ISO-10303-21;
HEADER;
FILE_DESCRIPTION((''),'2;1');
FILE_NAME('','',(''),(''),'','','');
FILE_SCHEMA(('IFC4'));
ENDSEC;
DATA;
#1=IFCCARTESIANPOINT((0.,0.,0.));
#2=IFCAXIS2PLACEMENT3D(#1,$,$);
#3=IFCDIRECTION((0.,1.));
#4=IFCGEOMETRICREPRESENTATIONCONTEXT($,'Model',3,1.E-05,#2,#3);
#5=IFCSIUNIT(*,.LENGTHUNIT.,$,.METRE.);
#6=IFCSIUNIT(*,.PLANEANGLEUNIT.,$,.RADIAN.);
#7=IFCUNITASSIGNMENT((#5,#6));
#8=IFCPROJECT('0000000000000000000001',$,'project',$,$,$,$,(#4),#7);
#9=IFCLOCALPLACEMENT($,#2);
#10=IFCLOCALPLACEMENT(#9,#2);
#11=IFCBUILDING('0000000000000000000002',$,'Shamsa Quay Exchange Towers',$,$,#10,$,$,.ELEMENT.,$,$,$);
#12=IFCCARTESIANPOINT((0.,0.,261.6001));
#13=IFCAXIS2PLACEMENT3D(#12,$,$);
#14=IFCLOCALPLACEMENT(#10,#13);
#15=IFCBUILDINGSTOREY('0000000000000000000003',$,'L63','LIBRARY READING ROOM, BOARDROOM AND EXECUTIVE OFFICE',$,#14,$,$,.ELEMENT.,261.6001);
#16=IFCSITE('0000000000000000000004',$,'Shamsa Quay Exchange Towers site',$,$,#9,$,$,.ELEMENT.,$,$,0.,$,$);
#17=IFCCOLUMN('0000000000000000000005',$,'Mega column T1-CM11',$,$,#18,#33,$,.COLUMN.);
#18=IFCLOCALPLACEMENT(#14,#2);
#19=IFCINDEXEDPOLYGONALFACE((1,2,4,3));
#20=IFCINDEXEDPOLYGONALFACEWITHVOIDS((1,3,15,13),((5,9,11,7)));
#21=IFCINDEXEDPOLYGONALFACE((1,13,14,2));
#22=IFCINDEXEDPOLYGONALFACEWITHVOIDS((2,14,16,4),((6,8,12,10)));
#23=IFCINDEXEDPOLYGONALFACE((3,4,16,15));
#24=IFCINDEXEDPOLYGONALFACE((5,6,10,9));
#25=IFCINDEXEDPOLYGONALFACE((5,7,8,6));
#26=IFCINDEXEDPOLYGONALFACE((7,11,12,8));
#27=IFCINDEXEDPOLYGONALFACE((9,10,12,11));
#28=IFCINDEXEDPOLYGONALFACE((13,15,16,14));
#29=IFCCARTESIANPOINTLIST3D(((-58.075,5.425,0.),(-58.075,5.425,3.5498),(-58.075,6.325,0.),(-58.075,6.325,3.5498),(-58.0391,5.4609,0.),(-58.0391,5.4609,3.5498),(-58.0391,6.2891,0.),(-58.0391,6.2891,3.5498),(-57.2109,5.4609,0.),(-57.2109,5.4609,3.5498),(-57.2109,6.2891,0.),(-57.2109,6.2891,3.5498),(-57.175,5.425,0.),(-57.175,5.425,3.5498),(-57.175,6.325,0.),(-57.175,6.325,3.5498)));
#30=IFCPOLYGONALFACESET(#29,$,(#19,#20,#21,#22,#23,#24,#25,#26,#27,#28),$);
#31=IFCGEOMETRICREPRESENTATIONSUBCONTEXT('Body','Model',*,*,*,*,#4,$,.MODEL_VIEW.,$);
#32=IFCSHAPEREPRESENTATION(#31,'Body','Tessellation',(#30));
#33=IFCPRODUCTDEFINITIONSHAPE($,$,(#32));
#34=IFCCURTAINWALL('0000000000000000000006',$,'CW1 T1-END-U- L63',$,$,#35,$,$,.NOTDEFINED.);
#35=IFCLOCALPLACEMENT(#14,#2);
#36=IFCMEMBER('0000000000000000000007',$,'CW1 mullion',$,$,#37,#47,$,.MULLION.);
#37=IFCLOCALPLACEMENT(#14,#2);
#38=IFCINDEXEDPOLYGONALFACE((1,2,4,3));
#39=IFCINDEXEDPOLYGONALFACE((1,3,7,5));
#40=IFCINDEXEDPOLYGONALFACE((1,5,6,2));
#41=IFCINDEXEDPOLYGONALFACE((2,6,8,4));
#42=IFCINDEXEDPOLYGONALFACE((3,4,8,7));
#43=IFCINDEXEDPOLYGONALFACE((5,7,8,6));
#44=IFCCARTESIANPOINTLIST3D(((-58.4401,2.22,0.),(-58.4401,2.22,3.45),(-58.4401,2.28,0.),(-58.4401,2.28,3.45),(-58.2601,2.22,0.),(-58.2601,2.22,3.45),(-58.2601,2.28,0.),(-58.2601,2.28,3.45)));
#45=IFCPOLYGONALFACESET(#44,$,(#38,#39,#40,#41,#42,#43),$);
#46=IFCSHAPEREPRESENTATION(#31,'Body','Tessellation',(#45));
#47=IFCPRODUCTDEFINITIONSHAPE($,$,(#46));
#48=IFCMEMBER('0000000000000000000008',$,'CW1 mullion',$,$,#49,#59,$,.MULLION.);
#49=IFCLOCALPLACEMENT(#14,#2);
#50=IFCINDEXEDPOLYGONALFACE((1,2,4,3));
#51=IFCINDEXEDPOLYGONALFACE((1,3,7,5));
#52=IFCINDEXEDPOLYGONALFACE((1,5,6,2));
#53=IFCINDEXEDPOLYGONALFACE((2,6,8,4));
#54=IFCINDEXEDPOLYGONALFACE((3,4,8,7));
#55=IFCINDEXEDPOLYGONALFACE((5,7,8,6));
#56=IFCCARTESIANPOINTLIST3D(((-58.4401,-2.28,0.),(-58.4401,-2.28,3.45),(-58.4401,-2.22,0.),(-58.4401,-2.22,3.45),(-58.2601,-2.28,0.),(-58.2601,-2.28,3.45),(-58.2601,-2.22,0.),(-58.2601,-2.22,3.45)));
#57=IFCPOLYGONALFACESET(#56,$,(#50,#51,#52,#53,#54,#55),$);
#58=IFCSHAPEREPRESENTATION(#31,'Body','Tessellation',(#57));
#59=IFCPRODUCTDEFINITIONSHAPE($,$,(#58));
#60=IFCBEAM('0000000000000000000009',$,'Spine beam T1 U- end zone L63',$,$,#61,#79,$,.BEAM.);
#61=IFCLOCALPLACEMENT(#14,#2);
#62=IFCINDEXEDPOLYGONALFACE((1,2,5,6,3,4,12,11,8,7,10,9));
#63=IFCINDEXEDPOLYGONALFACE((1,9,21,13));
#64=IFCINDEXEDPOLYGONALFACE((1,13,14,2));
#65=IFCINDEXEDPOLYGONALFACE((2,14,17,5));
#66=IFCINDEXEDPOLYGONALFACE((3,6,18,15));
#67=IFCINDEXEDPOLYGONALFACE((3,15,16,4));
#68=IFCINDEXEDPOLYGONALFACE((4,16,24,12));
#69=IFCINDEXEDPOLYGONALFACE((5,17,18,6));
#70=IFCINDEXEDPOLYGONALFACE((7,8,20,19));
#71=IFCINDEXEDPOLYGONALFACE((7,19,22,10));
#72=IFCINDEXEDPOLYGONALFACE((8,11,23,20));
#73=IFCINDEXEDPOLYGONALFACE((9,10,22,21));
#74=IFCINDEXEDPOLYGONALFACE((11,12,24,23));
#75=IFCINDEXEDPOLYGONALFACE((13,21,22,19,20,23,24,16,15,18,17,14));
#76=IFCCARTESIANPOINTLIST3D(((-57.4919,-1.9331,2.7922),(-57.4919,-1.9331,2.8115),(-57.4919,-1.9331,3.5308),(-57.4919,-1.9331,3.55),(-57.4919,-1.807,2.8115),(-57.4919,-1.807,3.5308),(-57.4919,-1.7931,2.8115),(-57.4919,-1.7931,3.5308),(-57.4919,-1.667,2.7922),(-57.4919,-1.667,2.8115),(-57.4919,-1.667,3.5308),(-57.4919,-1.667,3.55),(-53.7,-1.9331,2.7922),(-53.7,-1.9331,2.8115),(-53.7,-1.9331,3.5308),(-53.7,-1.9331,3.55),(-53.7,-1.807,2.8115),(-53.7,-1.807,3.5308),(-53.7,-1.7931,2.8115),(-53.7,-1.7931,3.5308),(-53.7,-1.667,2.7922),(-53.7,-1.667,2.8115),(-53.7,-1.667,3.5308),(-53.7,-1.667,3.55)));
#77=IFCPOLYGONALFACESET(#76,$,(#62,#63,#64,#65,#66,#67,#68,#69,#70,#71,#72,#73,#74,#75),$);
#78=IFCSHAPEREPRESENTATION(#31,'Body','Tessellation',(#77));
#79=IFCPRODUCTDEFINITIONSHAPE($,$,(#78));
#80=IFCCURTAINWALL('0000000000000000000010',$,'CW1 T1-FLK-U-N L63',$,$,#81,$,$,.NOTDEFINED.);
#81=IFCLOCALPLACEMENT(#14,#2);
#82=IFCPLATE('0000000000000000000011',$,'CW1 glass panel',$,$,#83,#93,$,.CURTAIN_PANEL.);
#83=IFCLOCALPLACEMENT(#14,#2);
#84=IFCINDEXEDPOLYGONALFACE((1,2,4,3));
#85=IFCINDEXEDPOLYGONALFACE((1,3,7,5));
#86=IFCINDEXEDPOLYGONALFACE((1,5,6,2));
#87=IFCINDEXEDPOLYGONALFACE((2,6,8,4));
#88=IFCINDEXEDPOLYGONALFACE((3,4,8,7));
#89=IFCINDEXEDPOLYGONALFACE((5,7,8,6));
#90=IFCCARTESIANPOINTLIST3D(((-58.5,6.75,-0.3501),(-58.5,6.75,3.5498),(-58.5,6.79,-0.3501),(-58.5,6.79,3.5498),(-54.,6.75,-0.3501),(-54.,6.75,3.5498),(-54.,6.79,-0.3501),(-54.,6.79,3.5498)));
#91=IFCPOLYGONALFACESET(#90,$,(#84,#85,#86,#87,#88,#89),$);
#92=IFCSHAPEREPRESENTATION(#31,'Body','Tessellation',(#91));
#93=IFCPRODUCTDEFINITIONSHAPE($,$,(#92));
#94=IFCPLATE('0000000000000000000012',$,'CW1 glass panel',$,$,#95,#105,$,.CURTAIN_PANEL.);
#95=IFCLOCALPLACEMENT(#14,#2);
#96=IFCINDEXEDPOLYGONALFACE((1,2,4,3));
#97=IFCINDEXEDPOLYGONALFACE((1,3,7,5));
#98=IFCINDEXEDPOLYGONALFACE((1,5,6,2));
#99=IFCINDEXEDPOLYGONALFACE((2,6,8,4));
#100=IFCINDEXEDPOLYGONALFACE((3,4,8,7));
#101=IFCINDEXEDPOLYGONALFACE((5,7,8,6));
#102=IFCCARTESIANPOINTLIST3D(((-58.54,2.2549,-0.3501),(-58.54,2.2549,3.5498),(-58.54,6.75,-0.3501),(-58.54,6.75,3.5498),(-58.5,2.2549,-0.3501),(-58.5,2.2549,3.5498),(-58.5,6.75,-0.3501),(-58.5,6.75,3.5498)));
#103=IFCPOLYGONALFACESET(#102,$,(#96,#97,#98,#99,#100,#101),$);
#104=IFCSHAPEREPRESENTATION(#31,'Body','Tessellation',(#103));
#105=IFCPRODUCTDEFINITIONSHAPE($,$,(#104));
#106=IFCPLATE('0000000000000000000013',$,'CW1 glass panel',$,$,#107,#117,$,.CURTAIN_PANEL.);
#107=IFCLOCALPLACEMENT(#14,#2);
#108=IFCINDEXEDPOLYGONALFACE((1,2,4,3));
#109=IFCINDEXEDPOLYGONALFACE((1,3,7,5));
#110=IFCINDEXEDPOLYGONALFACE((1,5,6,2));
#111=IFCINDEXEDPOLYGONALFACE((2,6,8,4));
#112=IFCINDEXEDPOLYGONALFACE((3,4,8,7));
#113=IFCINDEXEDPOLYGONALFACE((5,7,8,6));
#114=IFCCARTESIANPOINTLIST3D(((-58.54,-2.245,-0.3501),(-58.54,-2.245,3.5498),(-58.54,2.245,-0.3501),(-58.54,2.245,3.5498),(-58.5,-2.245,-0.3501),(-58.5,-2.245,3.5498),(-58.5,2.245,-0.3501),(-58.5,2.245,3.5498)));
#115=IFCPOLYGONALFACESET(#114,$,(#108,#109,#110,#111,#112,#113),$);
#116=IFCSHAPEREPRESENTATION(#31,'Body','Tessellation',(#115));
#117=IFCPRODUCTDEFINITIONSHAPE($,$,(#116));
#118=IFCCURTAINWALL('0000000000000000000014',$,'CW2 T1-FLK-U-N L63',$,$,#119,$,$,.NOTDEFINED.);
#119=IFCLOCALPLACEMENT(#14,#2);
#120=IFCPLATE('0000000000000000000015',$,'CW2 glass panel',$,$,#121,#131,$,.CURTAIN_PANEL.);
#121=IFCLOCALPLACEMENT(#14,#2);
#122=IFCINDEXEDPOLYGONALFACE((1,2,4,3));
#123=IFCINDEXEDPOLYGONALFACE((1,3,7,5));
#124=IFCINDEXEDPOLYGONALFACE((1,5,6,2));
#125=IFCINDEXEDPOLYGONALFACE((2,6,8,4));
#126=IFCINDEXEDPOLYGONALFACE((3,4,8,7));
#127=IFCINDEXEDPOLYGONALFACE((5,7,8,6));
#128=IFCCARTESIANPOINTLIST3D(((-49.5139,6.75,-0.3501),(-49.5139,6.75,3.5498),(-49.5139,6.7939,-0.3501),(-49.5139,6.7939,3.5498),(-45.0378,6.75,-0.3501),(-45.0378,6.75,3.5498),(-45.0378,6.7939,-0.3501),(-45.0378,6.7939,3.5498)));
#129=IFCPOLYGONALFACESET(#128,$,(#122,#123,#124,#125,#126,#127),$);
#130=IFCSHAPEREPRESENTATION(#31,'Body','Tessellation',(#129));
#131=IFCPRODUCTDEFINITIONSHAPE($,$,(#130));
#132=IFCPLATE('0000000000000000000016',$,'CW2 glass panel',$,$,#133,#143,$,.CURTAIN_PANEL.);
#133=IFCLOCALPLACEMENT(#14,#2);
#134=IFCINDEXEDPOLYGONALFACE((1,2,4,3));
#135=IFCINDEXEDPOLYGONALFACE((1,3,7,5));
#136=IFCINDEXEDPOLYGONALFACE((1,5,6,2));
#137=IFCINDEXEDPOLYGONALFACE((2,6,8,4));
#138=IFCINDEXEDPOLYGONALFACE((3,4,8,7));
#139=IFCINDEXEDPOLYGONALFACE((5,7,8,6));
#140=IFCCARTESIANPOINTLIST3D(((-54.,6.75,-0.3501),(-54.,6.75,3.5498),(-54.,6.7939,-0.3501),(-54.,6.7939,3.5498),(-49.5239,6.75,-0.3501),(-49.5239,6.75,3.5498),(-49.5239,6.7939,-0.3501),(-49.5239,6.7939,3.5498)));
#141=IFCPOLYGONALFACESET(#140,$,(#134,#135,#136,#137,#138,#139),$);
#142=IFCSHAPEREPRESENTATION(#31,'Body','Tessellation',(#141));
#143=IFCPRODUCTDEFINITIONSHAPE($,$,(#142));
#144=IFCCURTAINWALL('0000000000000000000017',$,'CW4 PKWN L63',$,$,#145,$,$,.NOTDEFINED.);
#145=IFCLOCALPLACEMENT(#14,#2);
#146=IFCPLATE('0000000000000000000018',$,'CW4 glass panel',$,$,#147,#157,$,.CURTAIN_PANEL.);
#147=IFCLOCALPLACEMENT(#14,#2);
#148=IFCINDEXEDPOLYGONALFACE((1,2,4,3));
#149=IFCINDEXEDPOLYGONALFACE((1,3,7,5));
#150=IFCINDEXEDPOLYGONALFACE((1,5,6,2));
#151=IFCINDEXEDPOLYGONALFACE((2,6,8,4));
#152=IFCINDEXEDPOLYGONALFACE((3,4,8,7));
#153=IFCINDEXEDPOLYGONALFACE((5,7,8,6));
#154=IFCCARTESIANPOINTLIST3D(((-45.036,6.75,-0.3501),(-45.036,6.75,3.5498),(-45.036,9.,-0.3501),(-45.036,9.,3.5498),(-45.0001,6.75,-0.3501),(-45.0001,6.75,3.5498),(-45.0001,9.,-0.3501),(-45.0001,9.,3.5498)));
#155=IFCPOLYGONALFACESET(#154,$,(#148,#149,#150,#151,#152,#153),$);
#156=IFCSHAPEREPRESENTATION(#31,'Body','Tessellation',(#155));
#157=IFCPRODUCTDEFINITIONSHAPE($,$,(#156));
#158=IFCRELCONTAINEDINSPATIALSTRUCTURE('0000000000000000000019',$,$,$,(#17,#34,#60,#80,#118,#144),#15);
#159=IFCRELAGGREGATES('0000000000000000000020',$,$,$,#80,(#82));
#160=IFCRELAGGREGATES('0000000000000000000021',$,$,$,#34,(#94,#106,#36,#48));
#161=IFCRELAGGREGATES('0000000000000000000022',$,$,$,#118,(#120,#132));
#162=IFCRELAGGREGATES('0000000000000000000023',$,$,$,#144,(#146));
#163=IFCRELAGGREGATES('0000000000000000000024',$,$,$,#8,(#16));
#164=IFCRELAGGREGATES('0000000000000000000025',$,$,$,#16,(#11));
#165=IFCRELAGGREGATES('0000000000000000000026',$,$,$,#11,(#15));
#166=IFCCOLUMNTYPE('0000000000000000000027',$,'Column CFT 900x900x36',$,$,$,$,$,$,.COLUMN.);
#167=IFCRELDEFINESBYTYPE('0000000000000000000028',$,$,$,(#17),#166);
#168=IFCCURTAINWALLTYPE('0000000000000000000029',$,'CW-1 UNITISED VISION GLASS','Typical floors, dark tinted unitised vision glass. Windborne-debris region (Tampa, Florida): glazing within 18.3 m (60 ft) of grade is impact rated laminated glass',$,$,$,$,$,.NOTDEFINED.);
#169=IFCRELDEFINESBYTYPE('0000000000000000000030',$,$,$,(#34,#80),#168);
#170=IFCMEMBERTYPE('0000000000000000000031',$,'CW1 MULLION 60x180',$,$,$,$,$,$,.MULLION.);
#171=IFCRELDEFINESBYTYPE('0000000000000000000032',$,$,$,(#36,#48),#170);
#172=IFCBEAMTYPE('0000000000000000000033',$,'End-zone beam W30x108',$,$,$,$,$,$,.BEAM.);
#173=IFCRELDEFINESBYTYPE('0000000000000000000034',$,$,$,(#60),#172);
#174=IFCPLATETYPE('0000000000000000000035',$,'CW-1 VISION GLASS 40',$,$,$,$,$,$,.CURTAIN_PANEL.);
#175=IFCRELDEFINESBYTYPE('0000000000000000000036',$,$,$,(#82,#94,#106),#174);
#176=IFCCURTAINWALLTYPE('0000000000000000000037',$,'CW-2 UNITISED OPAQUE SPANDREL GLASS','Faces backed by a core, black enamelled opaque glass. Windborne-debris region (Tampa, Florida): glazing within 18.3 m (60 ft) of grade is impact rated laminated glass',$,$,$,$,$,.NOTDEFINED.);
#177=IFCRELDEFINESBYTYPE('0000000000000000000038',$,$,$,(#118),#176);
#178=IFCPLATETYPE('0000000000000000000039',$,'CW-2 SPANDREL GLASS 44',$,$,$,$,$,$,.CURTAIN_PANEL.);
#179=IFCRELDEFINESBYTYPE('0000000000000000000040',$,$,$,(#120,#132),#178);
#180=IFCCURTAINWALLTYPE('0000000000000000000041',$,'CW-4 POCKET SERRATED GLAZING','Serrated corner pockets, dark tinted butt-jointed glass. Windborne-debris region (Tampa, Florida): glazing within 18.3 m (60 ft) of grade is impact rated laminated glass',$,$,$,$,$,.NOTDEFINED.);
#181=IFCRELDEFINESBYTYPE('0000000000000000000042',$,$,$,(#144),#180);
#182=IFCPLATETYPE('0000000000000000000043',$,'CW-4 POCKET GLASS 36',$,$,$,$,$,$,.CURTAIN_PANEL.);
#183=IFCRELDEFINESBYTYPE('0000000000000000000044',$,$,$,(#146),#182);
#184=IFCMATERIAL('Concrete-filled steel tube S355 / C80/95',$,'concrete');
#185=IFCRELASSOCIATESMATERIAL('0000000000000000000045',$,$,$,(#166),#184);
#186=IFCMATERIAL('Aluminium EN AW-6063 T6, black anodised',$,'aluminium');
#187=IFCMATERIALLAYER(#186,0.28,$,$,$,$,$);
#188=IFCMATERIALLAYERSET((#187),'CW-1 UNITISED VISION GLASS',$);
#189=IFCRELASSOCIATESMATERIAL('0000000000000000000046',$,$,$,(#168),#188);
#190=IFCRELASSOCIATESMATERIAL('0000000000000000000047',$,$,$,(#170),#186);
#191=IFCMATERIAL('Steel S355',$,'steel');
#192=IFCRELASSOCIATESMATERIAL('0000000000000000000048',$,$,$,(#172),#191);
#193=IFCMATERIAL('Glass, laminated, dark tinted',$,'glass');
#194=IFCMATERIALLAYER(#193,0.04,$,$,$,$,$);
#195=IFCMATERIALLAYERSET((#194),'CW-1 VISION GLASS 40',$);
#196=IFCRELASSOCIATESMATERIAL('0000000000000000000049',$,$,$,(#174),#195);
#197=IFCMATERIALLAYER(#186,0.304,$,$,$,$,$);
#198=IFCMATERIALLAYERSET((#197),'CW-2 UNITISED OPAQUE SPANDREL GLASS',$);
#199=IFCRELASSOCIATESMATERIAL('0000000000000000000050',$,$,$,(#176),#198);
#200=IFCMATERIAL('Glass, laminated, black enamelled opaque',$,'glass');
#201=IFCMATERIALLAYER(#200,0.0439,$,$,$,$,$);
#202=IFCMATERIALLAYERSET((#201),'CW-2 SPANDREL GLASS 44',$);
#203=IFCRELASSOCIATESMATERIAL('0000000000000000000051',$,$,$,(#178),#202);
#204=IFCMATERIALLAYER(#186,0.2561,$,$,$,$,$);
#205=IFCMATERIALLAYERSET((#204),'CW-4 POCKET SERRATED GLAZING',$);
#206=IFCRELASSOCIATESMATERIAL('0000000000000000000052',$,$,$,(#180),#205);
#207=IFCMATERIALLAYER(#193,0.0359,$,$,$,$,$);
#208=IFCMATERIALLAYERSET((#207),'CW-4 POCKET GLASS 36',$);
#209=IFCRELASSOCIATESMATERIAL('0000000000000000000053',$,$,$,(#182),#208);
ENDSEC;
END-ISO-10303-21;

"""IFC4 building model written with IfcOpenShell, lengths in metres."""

from ifc_helpers import new_model, si_unit, direction, frame, origin, origin_2d, place, context, subcontext, project, spatial, rectangle, hollow_rectangle, i_section, extrude, material, layer, layer_set, material_profile, profile_set, type_object, element, aggregate, save


model = new_model("IFC4")

# Units and contexts
model_context = context("Model", 3, precision=1e-05, world=origin(), true_north=direction((0.0, 1.0)))
body_context = subcontext(model_context, "Body", "Model", "MODEL_VIEW")
ifc_project = project(units=[si_unit("LENGTHUNIT", "METRE"), si_unit("PLANEANGLEUNIT", "RADIAN")], contexts=[model_context])

# Site, building, storey
site_placement = place(None, origin())
site = spatial("IfcSite", under=ifc_project, at=site_placement, Name="Shamsa Quay Exchange Towers site", CompositionType="ELEMENT", RefElevation=0.0)
building_placement = place(site_placement, origin())
building = spatial("IfcBuilding", under=site, at=building_placement, Name="Shamsa Quay Exchange Towers", CompositionType="ELEMENT")
storey_placement = place(building_placement, frame((0.0, 0.0, 261.6001)))
storey = spatial("IfcBuildingStorey", under=building, at=storey_placement, Name="L63", Description="LIBRARY READING ROOM, BOARDROOM AND EXECUTIVE OFFICE", CompositionType="ELEMENT", Elevation=261.6001)

# Column
ifc_material_1 = material(Name="Concrete-filled steel tube S355 / C80/95", Category="concrete")
ifc_material_profile_1 = material_profile(ifc_material_1, hollow_rectangle(XDim=0.8999, YDim=0.8999, WallThickness=0.0359, at=origin_2d()), Name="CFT 900x900x36")
ifc_profile_set_1 = profile_set([ifc_material_profile_1], Name="Concrete-filled steel tube S355 / C80/95")
column_type = type_object("IfcColumnType", Name="Column CFT 900x900x36", PredefinedType="COLUMN", material=ifc_profile_set_1)
column_placement = place(storey_placement, frame((-57.625, 5.875, 0.0)))
element("IfcColumn", 1, at=column_placement, inside=storey, type_object=column_type, Name="Mega column T1-CM11", PredefinedType="COLUMN", context=body_context, shape_type="SweptSolid", body=[
    extrude(hollow_rectangle(XDim=0.8999, YDim=0.8999, WallThickness=0.0359, at=origin_2d()), origin(), (0.0, 0.0, 1.0), 3.5498),
])

# Curtain wall, members
ifc_material_2 = material(Name="Aluminium EN AW-6063 T6, black anodised", Category="aluminium")
ifc_layer_1 = layer(ifc_material_2, 0.28)
ifc_layer_set_1 = layer_set([ifc_layer_1], Name="CW-1 UNITISED VISION GLASS")
curtain_wall_type_1 = type_object("IfcCurtainWallType", Name="CW-1 UNITISED VISION GLASS", Description="Typical floors, dark tinted unitised vision glass. Windborne-debris region (Tampa, Florida): glazing within 18.3 m (60 ft) of grade is impact rated laminated glass", PredefinedType="NOTDEFINED", material=ifc_layer_set_1)
curtain_wall_1_placement = place(storey_placement, origin())
curtain_wall_1 = element("IfcCurtainWall", 2, at=curtain_wall_1_placement, inside=storey, type_object=curtain_wall_type_1, Name="CW1 T1-END-U- L63", PredefinedType="NOTDEFINED")
ifc_material_profile_2 = material_profile(ifc_material_2, rectangle(XDim=0.1799, YDim=0.0601, at=origin_2d()), Name="MU60x180")
ifc_profile_set_2 = profile_set([ifc_material_profile_2], Name="Aluminium EN AW-6063 T6, black anodised")
member_type = type_object("IfcMemberType", Name="CW1 MULLION 60x180", PredefinedType="MULLION", material=ifc_profile_set_2)
member_1_placement = place(storey_placement, frame((-58.3501, 2.25, 0.0)))
member_1 = element("IfcMember", 3, at=member_1_placement, type_object=member_type, Name="CW1 mullion", PredefinedType="MULLION", context=body_context, shape_type="SweptSolid", body=[
    extrude(rectangle(XDim=0.1799, YDim=0.0601, at=origin_2d()), origin(), (0.0, 0.0, 1.0), 3.45),
])
member_2_placement = place(storey_placement, frame((-58.3501, -2.25, 0.0)))
member_2 = element("IfcMember", 4, at=member_2_placement, type_object=member_type, Name="CW1 mullion", PredefinedType="MULLION", context=body_context, shape_type="SweptSolid", body=[
    extrude(rectangle(XDim=0.1799, YDim=0.0601, at=origin_2d()), origin(), (0.0, 0.0, 1.0), 3.45),
])

# Beam
ifc_material_3 = material(Name="Steel S355", Category="steel")
ifc_material_profile_3 = material_profile(ifc_material_3, i_section(OverallWidth=0.2661, OverallDepth=0.7578, WebThickness=0.0139, FlangeThickness=0.0193, at=origin_2d()), Name="W30x108")
ifc_profile_set_3 = profile_set([ifc_material_profile_3], Name="Steel S355")
beam_type = type_object("IfcBeamType", Name="End-zone beam W30x108", PredefinedType="BEAM", material=ifc_profile_set_3)
beam_placement = place(storey_placement, frame((-53.7, -1.8, 3.1711), z_axis=(-1.0, 0.0, 0.0), x_axis=(0.0, -1.0, 0.0)))
element("IfcBeam", 5, at=beam_placement, inside=storey, type_object=beam_type, Name="Spine beam T1 U- end zone L63", PredefinedType="BEAM", context=body_context, shape_type="SweptSolid", body=[
    extrude(i_section(OverallWidth=0.2661, OverallDepth=0.7578, WebThickness=0.0139, FlangeThickness=0.0193, at=origin_2d()), origin(), (0.0, 0.0, 1.0), 3.792),
])

# Curtain wall, plate
curtain_wall_2_placement = place(storey_placement, origin())
curtain_wall_2 = element("IfcCurtainWall", 6, at=curtain_wall_2_placement, inside=storey, type_object=curtain_wall_type_1, Name="CW1 T1-FLK-U-N L63", PredefinedType="NOTDEFINED")
ifc_material_4 = material(Name="Glass, laminated, dark tinted", Category="glass")
ifc_layer_2 = layer(ifc_material_4, 0.04)
ifc_layer_set_2 = layer_set([ifc_layer_2], Name="CW-1 VISION GLASS 40")
plate_type_1 = type_object("IfcPlateType", Name="CW-1 VISION GLASS 40", PredefinedType="CURTAIN_PANEL", material=ifc_layer_set_2)
plate_1_placement = place(storey_placement, frame((-56.25, 6.77, -0.3501), z_axis=(0.0, 0.0, 1.0), x_axis=(-1.0, 0.0, 0.0)))
plate_1 = element("IfcPlate", 7, at=plate_1_placement, type_object=plate_type_1, Name="CW1 glass panel", PredefinedType="CURTAIN_PANEL", context=body_context, shape_type="SweptSolid", body=[
    extrude(rectangle(XDim=4.5, YDim=0.04, at=origin_2d()), origin(), (0.0, 0.0, 1.0), 3.8999),
])
aggregate(curtain_wall_2, [plate_1])

# Plates
plate_2_placement = place(storey_placement, frame((-58.52, 4.5024, -0.3501), z_axis=(0.0, 0.0, 1.0), x_axis=(0.0, -1.0, 0.0)))
plate_2 = element("IfcPlate", 8, at=plate_2_placement, type_object=plate_type_1, Name="CW1 glass panel", PredefinedType="CURTAIN_PANEL", context=body_context, shape_type="SweptSolid", body=[
    extrude(rectangle(XDim=4.4951, YDim=0.04, at=origin_2d()), origin(), (0.0, 0.0, 1.0), 3.8999),
])
plate_3_placement = place(storey_placement, frame((-58.52, 0.0, -0.3501), z_axis=(0.0, 0.0, 1.0), x_axis=(0.0, -1.0, 0.0)))
plate_3 = element("IfcPlate", 9, at=plate_3_placement, type_object=plate_type_1, Name="CW1 glass panel", PredefinedType="CURTAIN_PANEL", context=body_context, shape_type="SweptSolid", body=[
    extrude(rectangle(XDim=4.49, YDim=0.04, at=origin_2d()), origin(), (0.0, 0.0, 1.0), 3.8999),
])
aggregate(curtain_wall_1, [plate_2, plate_3, member_1, member_2])

# Curtain wall, plates
ifc_layer_3 = layer(ifc_material_2, 0.304)
ifc_layer_set_3 = layer_set([ifc_layer_3], Name="CW-2 UNITISED OPAQUE SPANDREL GLASS")
curtain_wall_type_2 = type_object("IfcCurtainWallType", Name="CW-2 UNITISED OPAQUE SPANDREL GLASS", Description="Faces backed by a core, black enamelled opaque glass. Windborne-debris region (Tampa, Florida): glazing within 18.3 m (60 ft) of grade is impact rated laminated glass", PredefinedType="NOTDEFINED", material=ifc_layer_set_3)
curtain_wall_3_placement = place(storey_placement, origin())
curtain_wall_3 = element("IfcCurtainWall", 10, at=curtain_wall_3_placement, inside=storey, type_object=curtain_wall_type_2, Name="CW2 T1-FLK-U-N L63", PredefinedType="NOTDEFINED")
ifc_material_5 = material(Name="Glass, laminated, black enamelled opaque", Category="glass")
ifc_layer_4 = layer(ifc_material_5, 0.0439)
ifc_layer_set_4 = layer_set([ifc_layer_4], Name="CW-2 SPANDREL GLASS 44")
plate_type_2 = type_object("IfcPlateType", Name="CW-2 SPANDREL GLASS 44", PredefinedType="CURTAIN_PANEL", material=ifc_layer_set_4)
plate_4_placement = place(storey_placement, frame((-47.2759, 6.772, -0.3501), z_axis=(0.0, 0.0, 1.0), x_axis=(-1.0, 0.0, 0.0)))
plate_4 = element("IfcPlate", 11, at=plate_4_placement, type_object=plate_type_2, Name="CW2 glass panel", PredefinedType="CURTAIN_PANEL", context=body_context, shape_type="SweptSolid", body=[
    extrude(rectangle(XDim=4.4761, YDim=0.0439, at=origin_2d()), origin(), (0.0, 0.0, 1.0), 3.8999),
])
plate_5_placement = place(storey_placement, frame((-51.762, 6.772, -0.3501), z_axis=(0.0, 0.0, 1.0), x_axis=(-1.0, 0.0, 0.0)))
plate_5 = element("IfcPlate", 12, at=plate_5_placement, type_object=plate_type_2, Name="CW2 glass panel", PredefinedType="CURTAIN_PANEL", context=body_context, shape_type="SweptSolid", body=[
    extrude(rectangle(XDim=4.4761, YDim=0.0439, at=origin_2d()), origin(), (0.0, 0.0, 1.0), 3.8999),
])
aggregate(curtain_wall_3, [plate_4, plate_5])

# Curtain wall, plate
ifc_layer_5 = layer(ifc_material_2, 0.2561)
ifc_layer_set_5 = layer_set([ifc_layer_5], Name="CW-4 POCKET SERRATED GLAZING")
curtain_wall_type_3 = type_object("IfcCurtainWallType", Name="CW-4 POCKET SERRATED GLAZING", Description="Serrated corner pockets, dark tinted butt-jointed glass. Windborne-debris region (Tampa, Florida): glazing within 18.3 m (60 ft) of grade is impact rated laminated glass", PredefinedType="NOTDEFINED", material=ifc_layer_set_5)
curtain_wall_4_placement = place(storey_placement, origin())
curtain_wall_4 = element("IfcCurtainWall", 13, at=curtain_wall_4_placement, inside=storey, type_object=curtain_wall_type_3, Name="CW4 PKWN L63", PredefinedType="NOTDEFINED")
ifc_layer_6 = layer(ifc_material_4, 0.0359)
ifc_layer_set_6 = layer_set([ifc_layer_6], Name="CW-4 POCKET GLASS 36")
plate_type_3 = type_object("IfcPlateType", Name="CW-4 POCKET GLASS 36", PredefinedType="CURTAIN_PANEL", material=ifc_layer_set_6)
plate_6_placement = place(storey_placement, frame((-45.0181, 7.875, -0.3501), z_axis=(0.0, 0.0, 1.0), x_axis=(0.0, -1.0, 0.0)))
plate_6 = element("IfcPlate", 14, at=plate_6_placement, type_object=plate_type_3, Name="CW4 glass panel", PredefinedType="CURTAIN_PANEL", context=body_context, shape_type="SweptSolid", body=[
    extrude(rectangle(XDim=2.25, YDim=0.0359, at=origin_2d()), origin(), (0.0, 0.0, 1.0), 3.8999),
])
aggregate(curtain_wall_4, [plate_6])

save(model, "model.ifc")
